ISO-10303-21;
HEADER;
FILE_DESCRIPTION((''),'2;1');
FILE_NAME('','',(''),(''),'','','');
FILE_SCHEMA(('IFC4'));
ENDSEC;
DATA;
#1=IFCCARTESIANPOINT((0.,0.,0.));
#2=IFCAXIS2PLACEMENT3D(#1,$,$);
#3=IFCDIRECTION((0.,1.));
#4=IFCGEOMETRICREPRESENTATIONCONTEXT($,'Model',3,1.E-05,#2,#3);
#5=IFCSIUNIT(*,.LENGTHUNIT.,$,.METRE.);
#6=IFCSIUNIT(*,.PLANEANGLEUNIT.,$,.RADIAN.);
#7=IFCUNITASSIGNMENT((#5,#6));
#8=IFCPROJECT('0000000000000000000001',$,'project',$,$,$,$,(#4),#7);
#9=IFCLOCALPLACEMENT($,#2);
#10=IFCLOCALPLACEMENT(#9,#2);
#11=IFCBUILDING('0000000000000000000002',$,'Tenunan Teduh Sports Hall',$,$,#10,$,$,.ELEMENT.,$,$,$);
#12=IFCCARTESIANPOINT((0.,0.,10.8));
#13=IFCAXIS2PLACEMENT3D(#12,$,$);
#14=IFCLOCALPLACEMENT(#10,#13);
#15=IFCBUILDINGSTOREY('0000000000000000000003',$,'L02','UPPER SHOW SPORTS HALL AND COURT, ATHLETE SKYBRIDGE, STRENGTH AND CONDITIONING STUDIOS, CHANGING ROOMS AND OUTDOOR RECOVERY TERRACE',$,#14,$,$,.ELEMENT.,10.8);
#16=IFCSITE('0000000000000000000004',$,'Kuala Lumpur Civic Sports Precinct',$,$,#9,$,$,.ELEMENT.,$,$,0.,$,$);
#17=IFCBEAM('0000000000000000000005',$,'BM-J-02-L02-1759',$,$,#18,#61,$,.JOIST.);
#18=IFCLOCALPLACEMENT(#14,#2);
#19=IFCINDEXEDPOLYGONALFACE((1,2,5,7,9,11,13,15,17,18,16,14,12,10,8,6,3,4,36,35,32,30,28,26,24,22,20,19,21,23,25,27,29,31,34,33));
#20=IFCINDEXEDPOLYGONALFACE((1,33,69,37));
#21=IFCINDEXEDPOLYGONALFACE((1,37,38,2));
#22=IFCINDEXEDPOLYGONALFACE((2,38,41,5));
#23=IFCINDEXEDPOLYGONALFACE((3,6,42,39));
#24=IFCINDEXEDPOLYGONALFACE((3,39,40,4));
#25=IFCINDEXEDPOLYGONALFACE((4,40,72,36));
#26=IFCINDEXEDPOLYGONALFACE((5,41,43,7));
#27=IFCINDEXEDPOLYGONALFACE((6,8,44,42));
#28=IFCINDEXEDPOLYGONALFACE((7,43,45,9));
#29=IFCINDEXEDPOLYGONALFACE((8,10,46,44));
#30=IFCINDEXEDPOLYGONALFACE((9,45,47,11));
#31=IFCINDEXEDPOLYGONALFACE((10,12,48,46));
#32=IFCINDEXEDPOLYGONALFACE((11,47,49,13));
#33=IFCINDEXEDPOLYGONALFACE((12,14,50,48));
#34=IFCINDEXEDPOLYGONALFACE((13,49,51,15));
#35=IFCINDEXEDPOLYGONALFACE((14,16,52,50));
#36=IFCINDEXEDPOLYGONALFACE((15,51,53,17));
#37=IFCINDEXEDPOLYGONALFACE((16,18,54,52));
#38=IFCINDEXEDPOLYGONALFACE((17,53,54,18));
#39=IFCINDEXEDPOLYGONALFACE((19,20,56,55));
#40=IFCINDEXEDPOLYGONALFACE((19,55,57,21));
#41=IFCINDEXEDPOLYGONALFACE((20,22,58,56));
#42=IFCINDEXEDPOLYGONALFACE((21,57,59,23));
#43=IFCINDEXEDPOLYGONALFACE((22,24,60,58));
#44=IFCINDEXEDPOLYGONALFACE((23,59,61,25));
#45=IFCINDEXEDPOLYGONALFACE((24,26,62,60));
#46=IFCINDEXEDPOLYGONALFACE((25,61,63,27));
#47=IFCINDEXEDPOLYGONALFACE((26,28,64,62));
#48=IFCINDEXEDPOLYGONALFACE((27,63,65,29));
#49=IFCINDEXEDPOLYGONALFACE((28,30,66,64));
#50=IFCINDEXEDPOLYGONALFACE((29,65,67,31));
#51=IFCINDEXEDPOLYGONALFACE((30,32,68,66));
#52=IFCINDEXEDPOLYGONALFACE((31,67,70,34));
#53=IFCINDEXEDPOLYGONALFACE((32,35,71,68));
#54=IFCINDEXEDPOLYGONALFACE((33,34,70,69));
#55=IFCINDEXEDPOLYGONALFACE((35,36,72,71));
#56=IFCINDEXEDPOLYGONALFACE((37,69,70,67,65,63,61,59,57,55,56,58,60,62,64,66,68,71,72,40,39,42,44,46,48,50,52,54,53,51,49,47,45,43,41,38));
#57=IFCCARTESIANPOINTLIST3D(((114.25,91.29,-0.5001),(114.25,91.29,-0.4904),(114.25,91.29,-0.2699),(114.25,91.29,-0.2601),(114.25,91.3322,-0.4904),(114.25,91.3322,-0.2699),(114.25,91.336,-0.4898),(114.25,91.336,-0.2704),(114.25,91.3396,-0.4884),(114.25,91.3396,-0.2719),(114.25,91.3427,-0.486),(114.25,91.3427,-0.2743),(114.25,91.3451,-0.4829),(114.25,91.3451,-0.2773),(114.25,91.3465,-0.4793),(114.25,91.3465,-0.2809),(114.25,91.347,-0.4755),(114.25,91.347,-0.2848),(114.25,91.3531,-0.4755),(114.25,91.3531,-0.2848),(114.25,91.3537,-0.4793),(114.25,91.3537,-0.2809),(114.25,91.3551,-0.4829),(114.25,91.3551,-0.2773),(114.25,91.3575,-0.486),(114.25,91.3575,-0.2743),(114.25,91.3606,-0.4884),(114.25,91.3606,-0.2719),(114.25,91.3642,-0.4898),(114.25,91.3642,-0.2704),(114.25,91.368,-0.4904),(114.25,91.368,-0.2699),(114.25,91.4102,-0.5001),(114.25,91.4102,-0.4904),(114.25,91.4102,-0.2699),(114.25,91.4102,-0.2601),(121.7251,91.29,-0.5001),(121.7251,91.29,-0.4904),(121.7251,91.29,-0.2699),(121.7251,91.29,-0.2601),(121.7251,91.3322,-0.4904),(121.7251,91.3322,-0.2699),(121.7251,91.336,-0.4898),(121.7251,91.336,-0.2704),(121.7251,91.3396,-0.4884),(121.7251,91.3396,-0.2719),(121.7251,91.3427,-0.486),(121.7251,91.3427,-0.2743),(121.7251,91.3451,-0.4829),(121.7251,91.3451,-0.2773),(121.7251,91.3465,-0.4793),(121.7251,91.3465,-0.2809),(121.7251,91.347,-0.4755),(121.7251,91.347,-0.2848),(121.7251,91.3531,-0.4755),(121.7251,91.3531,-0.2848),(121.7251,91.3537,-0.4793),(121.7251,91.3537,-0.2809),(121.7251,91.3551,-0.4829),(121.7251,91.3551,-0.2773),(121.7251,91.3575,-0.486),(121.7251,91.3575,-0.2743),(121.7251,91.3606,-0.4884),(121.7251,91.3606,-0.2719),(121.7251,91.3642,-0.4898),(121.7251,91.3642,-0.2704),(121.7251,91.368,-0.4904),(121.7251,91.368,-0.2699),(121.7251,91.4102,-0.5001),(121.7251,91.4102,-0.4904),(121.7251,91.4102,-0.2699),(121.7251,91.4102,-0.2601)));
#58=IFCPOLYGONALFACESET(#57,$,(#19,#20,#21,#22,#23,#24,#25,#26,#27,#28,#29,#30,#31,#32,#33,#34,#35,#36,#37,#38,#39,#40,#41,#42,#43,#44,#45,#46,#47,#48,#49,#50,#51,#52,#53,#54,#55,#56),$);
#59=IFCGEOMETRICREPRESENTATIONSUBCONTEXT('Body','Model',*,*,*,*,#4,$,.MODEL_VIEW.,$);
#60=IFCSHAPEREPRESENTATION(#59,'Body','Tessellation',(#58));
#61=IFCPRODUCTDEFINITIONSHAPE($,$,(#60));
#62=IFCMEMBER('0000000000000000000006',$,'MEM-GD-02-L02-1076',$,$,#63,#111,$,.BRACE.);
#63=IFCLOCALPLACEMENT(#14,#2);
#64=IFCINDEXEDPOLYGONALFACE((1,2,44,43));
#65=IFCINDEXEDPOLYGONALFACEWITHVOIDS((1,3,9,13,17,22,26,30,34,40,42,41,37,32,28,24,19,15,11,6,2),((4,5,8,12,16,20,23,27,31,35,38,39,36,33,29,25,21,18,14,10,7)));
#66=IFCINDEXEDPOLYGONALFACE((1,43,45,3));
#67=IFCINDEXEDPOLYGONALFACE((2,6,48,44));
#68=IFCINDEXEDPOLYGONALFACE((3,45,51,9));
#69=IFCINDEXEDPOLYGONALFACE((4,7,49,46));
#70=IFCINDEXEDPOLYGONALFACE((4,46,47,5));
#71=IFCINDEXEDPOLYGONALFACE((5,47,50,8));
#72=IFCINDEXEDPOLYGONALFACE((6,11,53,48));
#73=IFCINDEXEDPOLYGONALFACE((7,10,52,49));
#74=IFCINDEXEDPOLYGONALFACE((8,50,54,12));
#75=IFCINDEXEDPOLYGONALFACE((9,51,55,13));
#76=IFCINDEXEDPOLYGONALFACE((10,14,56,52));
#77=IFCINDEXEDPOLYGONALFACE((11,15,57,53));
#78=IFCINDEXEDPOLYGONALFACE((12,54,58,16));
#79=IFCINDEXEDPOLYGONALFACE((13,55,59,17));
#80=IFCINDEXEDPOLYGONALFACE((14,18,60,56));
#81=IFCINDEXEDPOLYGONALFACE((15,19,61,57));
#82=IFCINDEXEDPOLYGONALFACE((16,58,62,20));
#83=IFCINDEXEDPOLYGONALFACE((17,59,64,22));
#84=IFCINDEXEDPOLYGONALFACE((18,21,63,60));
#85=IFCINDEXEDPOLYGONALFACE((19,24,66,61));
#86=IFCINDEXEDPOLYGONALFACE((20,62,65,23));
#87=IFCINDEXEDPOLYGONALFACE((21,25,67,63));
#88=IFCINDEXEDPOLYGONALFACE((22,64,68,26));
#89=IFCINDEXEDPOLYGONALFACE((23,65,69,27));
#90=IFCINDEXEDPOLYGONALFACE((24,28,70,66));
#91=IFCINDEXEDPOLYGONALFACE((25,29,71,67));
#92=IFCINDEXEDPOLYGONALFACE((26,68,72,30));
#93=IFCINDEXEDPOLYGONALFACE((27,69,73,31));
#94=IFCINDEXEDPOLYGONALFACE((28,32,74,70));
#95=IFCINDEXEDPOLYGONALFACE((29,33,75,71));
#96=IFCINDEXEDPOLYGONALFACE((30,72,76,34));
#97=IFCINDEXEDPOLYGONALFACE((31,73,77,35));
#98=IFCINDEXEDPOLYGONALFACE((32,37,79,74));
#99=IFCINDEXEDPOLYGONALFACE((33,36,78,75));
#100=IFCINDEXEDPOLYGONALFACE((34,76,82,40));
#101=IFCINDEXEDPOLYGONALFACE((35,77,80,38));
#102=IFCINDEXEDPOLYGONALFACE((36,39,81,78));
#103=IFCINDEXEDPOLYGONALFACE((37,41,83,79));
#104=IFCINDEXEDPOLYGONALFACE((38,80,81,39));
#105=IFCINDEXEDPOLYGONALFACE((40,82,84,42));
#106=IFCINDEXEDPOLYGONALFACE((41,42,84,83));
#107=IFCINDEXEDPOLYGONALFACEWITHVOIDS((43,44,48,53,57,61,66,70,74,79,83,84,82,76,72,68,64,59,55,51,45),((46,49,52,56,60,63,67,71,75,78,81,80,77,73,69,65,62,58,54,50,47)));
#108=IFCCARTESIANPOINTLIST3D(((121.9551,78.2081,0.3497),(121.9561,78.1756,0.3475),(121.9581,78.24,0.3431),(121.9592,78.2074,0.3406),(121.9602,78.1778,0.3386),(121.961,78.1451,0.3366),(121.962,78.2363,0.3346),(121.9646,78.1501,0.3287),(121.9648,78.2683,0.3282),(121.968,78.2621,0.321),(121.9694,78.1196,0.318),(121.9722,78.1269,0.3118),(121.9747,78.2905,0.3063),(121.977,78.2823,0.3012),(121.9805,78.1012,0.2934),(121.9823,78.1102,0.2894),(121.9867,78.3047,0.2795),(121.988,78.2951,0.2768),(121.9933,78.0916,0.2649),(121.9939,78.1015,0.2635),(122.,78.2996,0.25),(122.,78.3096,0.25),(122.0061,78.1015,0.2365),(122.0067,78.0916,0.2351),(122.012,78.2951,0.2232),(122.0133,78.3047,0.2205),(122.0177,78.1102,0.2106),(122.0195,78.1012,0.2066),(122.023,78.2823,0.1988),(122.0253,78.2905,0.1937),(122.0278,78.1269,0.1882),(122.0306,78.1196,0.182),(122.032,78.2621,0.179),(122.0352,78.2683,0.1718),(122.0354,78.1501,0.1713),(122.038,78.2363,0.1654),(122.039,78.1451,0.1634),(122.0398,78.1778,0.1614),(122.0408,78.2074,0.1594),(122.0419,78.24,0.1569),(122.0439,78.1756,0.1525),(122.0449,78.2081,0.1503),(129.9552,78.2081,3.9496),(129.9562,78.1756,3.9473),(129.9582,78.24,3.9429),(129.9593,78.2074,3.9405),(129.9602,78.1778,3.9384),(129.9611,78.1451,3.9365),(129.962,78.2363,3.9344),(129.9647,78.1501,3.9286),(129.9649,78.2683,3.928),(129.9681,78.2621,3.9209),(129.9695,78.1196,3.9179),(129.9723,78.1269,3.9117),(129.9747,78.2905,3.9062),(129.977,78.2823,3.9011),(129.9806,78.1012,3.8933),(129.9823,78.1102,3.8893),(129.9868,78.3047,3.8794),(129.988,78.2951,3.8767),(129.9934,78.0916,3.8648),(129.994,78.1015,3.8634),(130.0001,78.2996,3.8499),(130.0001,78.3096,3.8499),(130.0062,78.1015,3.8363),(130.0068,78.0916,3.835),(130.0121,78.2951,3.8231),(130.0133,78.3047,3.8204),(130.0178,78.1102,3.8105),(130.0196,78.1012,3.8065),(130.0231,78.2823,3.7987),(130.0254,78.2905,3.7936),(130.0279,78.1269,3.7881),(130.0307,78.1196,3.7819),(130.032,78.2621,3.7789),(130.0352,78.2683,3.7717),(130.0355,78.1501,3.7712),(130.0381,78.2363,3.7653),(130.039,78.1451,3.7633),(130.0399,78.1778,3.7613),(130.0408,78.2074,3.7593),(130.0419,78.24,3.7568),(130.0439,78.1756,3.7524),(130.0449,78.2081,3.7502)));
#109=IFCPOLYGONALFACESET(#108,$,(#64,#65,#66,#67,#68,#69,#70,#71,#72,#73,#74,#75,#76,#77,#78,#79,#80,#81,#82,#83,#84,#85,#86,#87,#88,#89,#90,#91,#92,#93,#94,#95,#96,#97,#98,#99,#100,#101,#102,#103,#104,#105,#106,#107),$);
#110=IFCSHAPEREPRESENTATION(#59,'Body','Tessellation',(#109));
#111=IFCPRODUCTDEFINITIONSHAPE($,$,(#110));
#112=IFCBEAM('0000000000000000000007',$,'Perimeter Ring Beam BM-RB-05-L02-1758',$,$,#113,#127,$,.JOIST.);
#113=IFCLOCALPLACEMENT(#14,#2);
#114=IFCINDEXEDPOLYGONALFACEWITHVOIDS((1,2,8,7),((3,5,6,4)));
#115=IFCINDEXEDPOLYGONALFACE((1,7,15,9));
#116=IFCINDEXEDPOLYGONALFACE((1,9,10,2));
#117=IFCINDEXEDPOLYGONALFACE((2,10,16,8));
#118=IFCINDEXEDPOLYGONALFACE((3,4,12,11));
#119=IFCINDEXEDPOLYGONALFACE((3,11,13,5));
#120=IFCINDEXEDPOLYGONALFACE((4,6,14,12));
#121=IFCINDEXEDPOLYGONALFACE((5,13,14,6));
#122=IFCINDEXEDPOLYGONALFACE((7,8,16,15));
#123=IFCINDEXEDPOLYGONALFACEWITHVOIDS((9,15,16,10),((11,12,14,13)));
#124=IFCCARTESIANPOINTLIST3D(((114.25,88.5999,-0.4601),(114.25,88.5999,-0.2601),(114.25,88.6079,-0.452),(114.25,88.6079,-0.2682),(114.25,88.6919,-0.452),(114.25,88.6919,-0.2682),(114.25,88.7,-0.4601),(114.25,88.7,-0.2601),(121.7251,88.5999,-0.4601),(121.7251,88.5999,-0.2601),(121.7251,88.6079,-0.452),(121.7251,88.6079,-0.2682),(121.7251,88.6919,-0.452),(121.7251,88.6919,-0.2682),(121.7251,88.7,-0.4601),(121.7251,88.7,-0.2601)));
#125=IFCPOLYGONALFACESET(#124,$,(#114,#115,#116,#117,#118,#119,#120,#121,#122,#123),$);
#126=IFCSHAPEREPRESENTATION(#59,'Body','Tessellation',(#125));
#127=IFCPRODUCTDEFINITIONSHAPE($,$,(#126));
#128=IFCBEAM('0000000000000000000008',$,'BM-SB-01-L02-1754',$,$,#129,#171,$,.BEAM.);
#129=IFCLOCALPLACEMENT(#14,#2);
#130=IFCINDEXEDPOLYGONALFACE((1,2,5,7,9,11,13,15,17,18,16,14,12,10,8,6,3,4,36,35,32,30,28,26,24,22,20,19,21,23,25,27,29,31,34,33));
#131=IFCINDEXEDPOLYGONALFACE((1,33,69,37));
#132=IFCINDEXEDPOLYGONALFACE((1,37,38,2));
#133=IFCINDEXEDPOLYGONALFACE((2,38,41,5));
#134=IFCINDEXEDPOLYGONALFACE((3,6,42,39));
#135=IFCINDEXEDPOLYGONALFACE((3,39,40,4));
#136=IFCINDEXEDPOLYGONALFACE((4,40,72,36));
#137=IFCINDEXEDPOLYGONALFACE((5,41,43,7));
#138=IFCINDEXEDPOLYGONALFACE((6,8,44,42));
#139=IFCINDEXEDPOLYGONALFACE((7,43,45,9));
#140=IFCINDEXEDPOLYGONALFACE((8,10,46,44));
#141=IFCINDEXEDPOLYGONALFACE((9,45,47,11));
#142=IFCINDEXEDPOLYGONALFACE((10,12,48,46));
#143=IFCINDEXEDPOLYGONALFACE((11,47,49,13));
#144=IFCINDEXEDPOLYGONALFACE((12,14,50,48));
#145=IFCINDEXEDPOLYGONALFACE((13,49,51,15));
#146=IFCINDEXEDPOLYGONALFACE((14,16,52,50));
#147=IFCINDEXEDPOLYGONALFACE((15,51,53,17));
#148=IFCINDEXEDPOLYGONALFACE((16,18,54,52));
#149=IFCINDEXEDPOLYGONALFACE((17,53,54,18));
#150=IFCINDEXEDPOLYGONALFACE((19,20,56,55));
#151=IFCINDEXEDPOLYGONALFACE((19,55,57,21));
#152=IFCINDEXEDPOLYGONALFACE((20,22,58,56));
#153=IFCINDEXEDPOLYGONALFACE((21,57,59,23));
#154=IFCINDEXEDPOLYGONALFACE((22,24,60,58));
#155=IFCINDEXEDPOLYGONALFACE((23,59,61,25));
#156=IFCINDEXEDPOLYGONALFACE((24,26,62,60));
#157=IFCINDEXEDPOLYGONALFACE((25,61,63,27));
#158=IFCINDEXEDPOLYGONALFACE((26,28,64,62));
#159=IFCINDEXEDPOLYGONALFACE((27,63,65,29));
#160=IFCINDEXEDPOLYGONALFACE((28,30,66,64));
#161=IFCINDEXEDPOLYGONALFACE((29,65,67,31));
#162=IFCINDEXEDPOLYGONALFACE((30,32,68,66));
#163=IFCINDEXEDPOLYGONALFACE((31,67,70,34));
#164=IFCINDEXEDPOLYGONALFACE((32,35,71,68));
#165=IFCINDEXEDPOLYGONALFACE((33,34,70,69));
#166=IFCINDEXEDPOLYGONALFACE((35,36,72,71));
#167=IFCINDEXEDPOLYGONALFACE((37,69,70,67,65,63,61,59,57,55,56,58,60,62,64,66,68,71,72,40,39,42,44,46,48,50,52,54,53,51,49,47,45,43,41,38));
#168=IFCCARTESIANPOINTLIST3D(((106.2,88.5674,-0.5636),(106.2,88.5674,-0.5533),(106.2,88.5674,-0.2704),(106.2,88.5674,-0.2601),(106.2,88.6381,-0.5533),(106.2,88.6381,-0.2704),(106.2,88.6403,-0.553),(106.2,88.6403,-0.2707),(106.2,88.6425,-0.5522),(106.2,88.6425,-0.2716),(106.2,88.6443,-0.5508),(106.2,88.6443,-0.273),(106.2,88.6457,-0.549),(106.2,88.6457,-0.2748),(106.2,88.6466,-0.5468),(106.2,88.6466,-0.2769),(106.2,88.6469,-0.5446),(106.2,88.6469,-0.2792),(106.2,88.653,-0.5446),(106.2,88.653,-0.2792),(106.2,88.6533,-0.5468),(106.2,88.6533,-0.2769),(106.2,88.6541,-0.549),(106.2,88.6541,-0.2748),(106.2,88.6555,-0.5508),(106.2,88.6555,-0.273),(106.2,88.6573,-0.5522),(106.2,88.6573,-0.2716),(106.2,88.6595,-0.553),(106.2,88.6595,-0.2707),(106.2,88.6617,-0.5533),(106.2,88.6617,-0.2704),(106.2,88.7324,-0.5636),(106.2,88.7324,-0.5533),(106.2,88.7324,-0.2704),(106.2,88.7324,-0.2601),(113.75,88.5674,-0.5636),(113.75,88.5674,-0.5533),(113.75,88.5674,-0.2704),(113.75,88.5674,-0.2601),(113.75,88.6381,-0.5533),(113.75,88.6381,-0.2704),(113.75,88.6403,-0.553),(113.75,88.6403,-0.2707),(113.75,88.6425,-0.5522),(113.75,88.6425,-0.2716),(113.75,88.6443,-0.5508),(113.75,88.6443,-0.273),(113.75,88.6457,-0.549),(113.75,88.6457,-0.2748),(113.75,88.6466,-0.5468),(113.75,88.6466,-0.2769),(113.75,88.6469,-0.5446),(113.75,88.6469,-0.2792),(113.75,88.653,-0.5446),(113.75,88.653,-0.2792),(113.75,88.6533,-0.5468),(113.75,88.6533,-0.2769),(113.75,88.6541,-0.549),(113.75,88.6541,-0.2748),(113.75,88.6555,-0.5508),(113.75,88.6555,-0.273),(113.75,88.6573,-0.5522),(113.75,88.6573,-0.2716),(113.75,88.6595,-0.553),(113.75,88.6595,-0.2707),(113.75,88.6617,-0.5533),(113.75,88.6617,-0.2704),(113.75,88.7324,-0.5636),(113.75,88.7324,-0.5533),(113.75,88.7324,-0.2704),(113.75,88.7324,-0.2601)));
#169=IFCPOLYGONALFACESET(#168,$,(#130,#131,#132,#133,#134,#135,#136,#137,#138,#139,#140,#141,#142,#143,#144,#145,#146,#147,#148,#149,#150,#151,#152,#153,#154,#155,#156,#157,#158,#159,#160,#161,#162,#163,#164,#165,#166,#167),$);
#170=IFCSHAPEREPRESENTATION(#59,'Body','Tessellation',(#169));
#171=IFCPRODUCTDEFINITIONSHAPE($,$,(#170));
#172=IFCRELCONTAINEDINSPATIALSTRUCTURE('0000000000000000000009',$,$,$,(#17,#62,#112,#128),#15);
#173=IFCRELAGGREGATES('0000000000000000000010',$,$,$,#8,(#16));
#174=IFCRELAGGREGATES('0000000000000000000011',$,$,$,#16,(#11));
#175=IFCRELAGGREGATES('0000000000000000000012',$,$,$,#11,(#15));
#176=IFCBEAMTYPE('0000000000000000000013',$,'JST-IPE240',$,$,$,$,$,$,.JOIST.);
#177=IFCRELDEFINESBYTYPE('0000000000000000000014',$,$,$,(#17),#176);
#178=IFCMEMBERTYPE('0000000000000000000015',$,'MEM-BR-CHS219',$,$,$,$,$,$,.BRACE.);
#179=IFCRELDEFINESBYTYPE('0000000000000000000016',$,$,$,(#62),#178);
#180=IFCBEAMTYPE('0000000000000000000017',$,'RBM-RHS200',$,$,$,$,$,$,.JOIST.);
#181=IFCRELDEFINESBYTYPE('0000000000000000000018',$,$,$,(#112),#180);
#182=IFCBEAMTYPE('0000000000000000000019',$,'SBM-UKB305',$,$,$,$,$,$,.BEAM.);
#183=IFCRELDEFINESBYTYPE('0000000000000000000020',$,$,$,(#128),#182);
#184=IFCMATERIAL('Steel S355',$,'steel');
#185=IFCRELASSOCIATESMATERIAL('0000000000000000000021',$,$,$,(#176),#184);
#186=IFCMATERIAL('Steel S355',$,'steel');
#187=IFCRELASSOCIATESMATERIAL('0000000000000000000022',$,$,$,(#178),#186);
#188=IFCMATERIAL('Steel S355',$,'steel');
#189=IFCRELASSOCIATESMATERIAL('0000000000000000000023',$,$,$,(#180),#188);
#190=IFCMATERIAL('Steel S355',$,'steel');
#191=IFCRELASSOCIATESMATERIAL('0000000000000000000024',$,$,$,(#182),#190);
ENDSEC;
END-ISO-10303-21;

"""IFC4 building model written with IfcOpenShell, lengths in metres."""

from ifc_helpers import new_model, si_unit, direction, frame, origin, origin_2d, place, context, subcontext, project, spatial, hollow_rectangle, hollow_circle, i_section, extrude, material, material_profile, profile_set, type_object, element, save


model = new_model("IFC4")

# Units and contexts
model_context = context("Model", 3, precision=1e-05, world=origin(), true_north=direction((0.0, 1.0)))
body_context = subcontext(model_context, "Body", "Model", "MODEL_VIEW")
ifc_project = project(units=[si_unit("LENGTHUNIT", "METRE"), si_unit("PLANEANGLEUNIT", "RADIAN")], contexts=[model_context])

# Site, building, storey
site_placement = place(None, origin())
site = spatial("IfcSite", under=ifc_project, at=site_placement, Name="Kuala Lumpur Civic Sports Precinct", CompositionType="ELEMENT", RefElevation=0.0)
building_placement = place(site_placement, origin())
building = spatial("IfcBuilding", under=site, at=building_placement, Name="Tenunan Teduh Sports Hall", CompositionType="ELEMENT")
storey_placement = place(building_placement, frame((0.0, 0.0, 10.8)))
storey = spatial("IfcBuildingStorey", under=building, at=storey_placement, Name="L02", Description="UPPER SHOW SPORTS HALL AND COURT, ATHLETE SKYBRIDGE, STRENGTH AND CONDITIONING STUDIOS, CHANGING ROOMS AND OUTDOOR RECOVERY TERRACE", CompositionType="ELEMENT", Elevation=10.8)

# Beam
ifc_material_1 = material(Name="Steel S355", Category="steel")
ifc_material_profile_1 = material_profile(ifc_material_1, i_section(OverallWidth=0.1201, OverallDepth=0.24, WebThickness=0.0061, FlangeThickness=0.0098, FilletRadius=0.0149, at=origin_2d()), Name="IPE 240")
ifc_profile_set_1 = profile_set([ifc_material_profile_1], Name="Steel S355")
beam_type_1 = type_object("IfcBeamType", Name="JST-IPE240", PredefinedType="JOIST", material=ifc_profile_set_1)
beam_1_placement = place(storey_placement, frame((114.25, 91.3501, -0.3801), z_axis=(1.0, 0.0, 0.0), x_axis=(0.0, 1.0, 0.0)))
element("IfcBeam", 1, at=beam_1_placement, inside=storey, type_object=beam_type_1, Name="BM-J-02-L02-1759", PredefinedType="JOIST", context=body_context, shape_type="SweptSolid", body=[
    extrude(i_section(OverallWidth=0.1201, OverallDepth=0.24, WebThickness=0.0061, FlangeThickness=0.0098, FilletRadius=0.0149, at=origin_2d()), origin(), (0.0, 0.0, 1.0), 7.4751),
])

# Member
ifc_material_2 = material(Name="Steel S355", Category="steel")
ifc_material_profile_2 = material_profile(ifc_material_2, hollow_circle(Radius=0.1096, WallThickness=0.01, at=origin_2d()), Name="CHS 219.1x10.0")
ifc_profile_set_2 = profile_set([ifc_material_profile_2], Name="Steel S355")
member_type_1 = type_object("IfcMemberType", Name="MEM-BR-CHS219", PredefinedType="BRACE", material=ifc_profile_set_2)
member_1_placement = place(storey_placement, frame((122.0, 78.2, 0.25), z_axis=(0.911928, 0.0, 0.410351), x_axis=(0.0, 1.0, 0.0)))
element("IfcMember", 2, at=member_1_placement, inside=storey, type_object=member_type_1, Name="MEM-GD-02-L02-1076", PredefinedType="BRACE", context=body_context, shape_type="SweptSolid", body=[
    extrude(hollow_circle(Radius=0.1096, WallThickness=0.01, at=origin_2d()), origin(), (0.0, 0.0, 1.0), 8.7727),
])

# Beams
ifc_material_3 = material(Name="Steel S355", Category="steel")
ifc_material_profile_3 = material_profile(ifc_material_3, hollow_rectangle(XDim=0.1001, YDim=0.2, WallThickness=0.0081, at=origin_2d()), Name="RHS 200x100x8.0")
ifc_profile_set_3 = profile_set([ifc_material_profile_3], Name="Steel S355")
beam_type_2 = type_object("IfcBeamType", Name="RBM-RHS200", PredefinedType="JOIST", material=ifc_profile_set_3)
beam_2_placement = place(storey_placement, frame((114.25, 88.6499, -0.3601), z_axis=(1.0, 0.0, 0.0), x_axis=(0.0, 1.0, 0.0)))
element("IfcBeam", 3, at=beam_2_placement, inside=storey, type_object=beam_type_2, Name="Perimeter Ring Beam BM-RB-05-L02-1758", PredefinedType="JOIST", context=body_context, shape_type="SweptSolid", body=[
    extrude(hollow_rectangle(XDim=0.1001, YDim=0.2, WallThickness=0.0081, at=origin_2d()), origin(), (0.0, 0.0, 1.0), 7.4751),
])
ifc_material_4 = material(Name="Steel S355", Category="steel")
ifc_material_profile_4 = material_profile(ifc_material_4, i_section(OverallWidth=0.165, OverallDepth=0.3035, WebThickness=0.0061, FlangeThickness=0.0103, FilletRadius=0.0088, at=origin_2d()), Name="UKB 305x165x40")
ifc_profile_set_4 = profile_set([ifc_material_profile_4], Name="Steel S355")
beam_type_3 = type_object("IfcBeamType", Name="SBM-UKB305", PredefinedType="BEAM", material=ifc_profile_set_4)
beam_3_placement = place(storey_placement, frame((106.2, 88.6499, -0.4119), z_axis=(1.0, 0.0, 0.0), x_axis=(0.0, 1.0, 0.0)))
element("IfcBeam", 4, at=beam_3_placement, inside=storey, type_object=beam_type_3, Name="BM-SB-01-L02-1754", PredefinedType="BEAM", context=body_context, shape_type="SweptSolid", body=[
    extrude(i_section(OverallWidth=0.165, OverallDepth=0.3035, WebThickness=0.0061, FlangeThickness=0.0103, FilletRadius=0.0088, at=origin_2d()), origin(), (0.0, 0.0, 1.0), 7.55),
])

save(model, "model.ifc")
